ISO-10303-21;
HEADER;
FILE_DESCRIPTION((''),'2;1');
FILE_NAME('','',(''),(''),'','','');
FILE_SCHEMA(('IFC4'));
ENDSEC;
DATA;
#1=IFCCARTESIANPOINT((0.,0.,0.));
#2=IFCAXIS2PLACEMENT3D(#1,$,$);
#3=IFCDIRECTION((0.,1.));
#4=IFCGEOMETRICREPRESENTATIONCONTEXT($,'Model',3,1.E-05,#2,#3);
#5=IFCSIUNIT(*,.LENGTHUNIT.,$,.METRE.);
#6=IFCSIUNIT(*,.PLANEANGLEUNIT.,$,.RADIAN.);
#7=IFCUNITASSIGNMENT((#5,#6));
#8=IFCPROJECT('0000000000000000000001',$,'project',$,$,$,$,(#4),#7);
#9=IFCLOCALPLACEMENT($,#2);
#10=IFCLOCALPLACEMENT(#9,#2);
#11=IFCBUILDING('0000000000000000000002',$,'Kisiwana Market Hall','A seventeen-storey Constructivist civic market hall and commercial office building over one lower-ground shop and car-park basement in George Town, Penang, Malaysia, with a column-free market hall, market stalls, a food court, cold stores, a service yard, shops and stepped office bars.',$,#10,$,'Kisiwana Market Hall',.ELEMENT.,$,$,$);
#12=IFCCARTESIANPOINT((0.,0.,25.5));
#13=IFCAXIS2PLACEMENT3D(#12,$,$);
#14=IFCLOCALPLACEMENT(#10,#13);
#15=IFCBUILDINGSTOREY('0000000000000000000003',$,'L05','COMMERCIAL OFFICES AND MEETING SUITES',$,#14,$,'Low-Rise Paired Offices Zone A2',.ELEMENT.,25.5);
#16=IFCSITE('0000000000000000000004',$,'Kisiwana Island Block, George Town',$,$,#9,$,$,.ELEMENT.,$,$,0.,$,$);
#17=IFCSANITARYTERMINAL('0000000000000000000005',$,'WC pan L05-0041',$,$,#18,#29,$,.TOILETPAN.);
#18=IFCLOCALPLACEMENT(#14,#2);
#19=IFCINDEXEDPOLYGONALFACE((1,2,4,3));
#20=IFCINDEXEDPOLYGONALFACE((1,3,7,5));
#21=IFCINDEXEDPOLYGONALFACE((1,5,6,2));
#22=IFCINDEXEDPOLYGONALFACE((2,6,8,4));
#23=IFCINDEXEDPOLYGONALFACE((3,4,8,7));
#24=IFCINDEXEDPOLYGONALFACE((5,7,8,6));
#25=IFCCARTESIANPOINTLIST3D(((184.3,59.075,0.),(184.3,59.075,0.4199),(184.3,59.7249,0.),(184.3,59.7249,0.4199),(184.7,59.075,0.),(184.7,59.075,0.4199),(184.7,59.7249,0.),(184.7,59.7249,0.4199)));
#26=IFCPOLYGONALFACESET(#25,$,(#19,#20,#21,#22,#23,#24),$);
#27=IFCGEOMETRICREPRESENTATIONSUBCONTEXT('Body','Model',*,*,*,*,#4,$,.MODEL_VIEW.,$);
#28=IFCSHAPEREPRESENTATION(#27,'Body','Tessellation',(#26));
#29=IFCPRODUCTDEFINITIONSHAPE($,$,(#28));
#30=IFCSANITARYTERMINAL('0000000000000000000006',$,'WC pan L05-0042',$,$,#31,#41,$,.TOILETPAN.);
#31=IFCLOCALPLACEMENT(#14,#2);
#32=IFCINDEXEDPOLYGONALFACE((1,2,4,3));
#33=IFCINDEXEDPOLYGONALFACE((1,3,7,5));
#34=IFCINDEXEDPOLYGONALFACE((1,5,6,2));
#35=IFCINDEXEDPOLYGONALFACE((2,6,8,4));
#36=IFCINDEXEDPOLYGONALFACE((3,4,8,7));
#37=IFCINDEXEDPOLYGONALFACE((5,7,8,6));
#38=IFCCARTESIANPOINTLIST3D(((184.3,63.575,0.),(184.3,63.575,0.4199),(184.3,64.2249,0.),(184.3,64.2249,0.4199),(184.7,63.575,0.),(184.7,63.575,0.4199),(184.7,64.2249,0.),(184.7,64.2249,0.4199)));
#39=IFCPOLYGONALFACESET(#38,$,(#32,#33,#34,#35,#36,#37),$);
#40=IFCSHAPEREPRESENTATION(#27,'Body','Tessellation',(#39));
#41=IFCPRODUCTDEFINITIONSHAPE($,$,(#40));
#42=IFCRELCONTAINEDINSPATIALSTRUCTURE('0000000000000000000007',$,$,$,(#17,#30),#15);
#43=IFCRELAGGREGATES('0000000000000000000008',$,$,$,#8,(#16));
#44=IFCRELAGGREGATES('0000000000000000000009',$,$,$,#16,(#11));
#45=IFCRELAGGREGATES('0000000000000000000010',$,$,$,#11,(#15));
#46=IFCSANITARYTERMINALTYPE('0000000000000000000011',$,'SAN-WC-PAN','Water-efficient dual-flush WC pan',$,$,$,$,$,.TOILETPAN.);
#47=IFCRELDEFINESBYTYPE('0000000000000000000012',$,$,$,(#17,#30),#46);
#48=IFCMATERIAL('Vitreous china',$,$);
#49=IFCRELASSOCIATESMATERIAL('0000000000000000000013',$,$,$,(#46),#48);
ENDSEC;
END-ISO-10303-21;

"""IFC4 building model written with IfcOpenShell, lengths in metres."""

from ifc_helpers import new_model, si_unit, direction, frame, origin, origin_2d, place, context, subcontext, project, spatial, rectangle, extrude, material, type_object, element, save


model = new_model("IFC4")

# Units and contexts
model_context = context("Model", 3, precision=1e-05, world=origin(), true_north=direction((0.0, 1.0)))
body_context = subcontext(model_context, "Body", "Model", "MODEL_VIEW")
ifc_project = project(units=[si_unit("LENGTHUNIT", "METRE"), si_unit("PLANEANGLEUNIT", "RADIAN")], contexts=[model_context])

# Site, building, storey
site_placement = place(None, origin())
site = spatial("IfcSite", under=ifc_project, at=site_placement, Name="Kisiwana Island Block, George Town", CompositionType="ELEMENT", RefElevation=0.0)
building_placement = place(site_placement, origin())
building = spatial("IfcBuilding", under=site, at=building_placement, Name="Kisiwana Market Hall", Description="A seventeen-storey Constructivist civic market hall and commercial office building over one lower-ground shop and car-park basement in George Town, Penang, Malaysia, with a column-free market hall, market stalls, a food court, cold stores, a service yard, shops and stepped office bars.", LongName="Kisiwana Market Hall", CompositionType="ELEMENT")
storey_placement = place(building_placement, frame((0.0, 0.0, 25.5)))
storey = spatial("IfcBuildingStorey", under=building, at=storey_placement, Name="L05", Description="COMMERCIAL OFFICES AND MEETING SUITES", LongName="Low-Rise Paired Offices Zone A2", CompositionType="ELEMENT", Elevation=25.5)

# Sanitary terminals
ifc_material_1 = material(Name="Vitreous china")
sanitary_terminal_type_1 = type_object("IfcSanitaryTerminalType", Name="SAN-WC-PAN", Description="Water-efficient dual-flush WC pan", PredefinedType="TOILETPAN", material=ifc_material_1)
for number, where, z_axis, x_axis, name in (
    (1, (184.5, 59.3999, 0.0), (0.0, 0.0, 1.0), (1.0, 0.0, 0.0), "WC pan L05-0041"),
    (2, (184.5, 63.8999, 0.0), (0.0, 0.0, 1.0), (1.0, 0.0, 0.0), "WC pan L05-0042"),
):
    element("IfcSanitaryTerminal", number, at=place(storey_placement, frame(where, z_axis=z_axis, x_axis=x_axis)), inside=storey, type_object=sanitary_terminal_type_1, Name=name, PredefinedType="TOILETPAN", context=body_context, shape_type="SweptSolid", body=[
        extrude(rectangle(XDim=0.3999, YDim=0.6499, at=origin_2d()), origin(), (0.0, 0.0, 1.0), 0.4199),
    ])

save(model, "model.ifc")
